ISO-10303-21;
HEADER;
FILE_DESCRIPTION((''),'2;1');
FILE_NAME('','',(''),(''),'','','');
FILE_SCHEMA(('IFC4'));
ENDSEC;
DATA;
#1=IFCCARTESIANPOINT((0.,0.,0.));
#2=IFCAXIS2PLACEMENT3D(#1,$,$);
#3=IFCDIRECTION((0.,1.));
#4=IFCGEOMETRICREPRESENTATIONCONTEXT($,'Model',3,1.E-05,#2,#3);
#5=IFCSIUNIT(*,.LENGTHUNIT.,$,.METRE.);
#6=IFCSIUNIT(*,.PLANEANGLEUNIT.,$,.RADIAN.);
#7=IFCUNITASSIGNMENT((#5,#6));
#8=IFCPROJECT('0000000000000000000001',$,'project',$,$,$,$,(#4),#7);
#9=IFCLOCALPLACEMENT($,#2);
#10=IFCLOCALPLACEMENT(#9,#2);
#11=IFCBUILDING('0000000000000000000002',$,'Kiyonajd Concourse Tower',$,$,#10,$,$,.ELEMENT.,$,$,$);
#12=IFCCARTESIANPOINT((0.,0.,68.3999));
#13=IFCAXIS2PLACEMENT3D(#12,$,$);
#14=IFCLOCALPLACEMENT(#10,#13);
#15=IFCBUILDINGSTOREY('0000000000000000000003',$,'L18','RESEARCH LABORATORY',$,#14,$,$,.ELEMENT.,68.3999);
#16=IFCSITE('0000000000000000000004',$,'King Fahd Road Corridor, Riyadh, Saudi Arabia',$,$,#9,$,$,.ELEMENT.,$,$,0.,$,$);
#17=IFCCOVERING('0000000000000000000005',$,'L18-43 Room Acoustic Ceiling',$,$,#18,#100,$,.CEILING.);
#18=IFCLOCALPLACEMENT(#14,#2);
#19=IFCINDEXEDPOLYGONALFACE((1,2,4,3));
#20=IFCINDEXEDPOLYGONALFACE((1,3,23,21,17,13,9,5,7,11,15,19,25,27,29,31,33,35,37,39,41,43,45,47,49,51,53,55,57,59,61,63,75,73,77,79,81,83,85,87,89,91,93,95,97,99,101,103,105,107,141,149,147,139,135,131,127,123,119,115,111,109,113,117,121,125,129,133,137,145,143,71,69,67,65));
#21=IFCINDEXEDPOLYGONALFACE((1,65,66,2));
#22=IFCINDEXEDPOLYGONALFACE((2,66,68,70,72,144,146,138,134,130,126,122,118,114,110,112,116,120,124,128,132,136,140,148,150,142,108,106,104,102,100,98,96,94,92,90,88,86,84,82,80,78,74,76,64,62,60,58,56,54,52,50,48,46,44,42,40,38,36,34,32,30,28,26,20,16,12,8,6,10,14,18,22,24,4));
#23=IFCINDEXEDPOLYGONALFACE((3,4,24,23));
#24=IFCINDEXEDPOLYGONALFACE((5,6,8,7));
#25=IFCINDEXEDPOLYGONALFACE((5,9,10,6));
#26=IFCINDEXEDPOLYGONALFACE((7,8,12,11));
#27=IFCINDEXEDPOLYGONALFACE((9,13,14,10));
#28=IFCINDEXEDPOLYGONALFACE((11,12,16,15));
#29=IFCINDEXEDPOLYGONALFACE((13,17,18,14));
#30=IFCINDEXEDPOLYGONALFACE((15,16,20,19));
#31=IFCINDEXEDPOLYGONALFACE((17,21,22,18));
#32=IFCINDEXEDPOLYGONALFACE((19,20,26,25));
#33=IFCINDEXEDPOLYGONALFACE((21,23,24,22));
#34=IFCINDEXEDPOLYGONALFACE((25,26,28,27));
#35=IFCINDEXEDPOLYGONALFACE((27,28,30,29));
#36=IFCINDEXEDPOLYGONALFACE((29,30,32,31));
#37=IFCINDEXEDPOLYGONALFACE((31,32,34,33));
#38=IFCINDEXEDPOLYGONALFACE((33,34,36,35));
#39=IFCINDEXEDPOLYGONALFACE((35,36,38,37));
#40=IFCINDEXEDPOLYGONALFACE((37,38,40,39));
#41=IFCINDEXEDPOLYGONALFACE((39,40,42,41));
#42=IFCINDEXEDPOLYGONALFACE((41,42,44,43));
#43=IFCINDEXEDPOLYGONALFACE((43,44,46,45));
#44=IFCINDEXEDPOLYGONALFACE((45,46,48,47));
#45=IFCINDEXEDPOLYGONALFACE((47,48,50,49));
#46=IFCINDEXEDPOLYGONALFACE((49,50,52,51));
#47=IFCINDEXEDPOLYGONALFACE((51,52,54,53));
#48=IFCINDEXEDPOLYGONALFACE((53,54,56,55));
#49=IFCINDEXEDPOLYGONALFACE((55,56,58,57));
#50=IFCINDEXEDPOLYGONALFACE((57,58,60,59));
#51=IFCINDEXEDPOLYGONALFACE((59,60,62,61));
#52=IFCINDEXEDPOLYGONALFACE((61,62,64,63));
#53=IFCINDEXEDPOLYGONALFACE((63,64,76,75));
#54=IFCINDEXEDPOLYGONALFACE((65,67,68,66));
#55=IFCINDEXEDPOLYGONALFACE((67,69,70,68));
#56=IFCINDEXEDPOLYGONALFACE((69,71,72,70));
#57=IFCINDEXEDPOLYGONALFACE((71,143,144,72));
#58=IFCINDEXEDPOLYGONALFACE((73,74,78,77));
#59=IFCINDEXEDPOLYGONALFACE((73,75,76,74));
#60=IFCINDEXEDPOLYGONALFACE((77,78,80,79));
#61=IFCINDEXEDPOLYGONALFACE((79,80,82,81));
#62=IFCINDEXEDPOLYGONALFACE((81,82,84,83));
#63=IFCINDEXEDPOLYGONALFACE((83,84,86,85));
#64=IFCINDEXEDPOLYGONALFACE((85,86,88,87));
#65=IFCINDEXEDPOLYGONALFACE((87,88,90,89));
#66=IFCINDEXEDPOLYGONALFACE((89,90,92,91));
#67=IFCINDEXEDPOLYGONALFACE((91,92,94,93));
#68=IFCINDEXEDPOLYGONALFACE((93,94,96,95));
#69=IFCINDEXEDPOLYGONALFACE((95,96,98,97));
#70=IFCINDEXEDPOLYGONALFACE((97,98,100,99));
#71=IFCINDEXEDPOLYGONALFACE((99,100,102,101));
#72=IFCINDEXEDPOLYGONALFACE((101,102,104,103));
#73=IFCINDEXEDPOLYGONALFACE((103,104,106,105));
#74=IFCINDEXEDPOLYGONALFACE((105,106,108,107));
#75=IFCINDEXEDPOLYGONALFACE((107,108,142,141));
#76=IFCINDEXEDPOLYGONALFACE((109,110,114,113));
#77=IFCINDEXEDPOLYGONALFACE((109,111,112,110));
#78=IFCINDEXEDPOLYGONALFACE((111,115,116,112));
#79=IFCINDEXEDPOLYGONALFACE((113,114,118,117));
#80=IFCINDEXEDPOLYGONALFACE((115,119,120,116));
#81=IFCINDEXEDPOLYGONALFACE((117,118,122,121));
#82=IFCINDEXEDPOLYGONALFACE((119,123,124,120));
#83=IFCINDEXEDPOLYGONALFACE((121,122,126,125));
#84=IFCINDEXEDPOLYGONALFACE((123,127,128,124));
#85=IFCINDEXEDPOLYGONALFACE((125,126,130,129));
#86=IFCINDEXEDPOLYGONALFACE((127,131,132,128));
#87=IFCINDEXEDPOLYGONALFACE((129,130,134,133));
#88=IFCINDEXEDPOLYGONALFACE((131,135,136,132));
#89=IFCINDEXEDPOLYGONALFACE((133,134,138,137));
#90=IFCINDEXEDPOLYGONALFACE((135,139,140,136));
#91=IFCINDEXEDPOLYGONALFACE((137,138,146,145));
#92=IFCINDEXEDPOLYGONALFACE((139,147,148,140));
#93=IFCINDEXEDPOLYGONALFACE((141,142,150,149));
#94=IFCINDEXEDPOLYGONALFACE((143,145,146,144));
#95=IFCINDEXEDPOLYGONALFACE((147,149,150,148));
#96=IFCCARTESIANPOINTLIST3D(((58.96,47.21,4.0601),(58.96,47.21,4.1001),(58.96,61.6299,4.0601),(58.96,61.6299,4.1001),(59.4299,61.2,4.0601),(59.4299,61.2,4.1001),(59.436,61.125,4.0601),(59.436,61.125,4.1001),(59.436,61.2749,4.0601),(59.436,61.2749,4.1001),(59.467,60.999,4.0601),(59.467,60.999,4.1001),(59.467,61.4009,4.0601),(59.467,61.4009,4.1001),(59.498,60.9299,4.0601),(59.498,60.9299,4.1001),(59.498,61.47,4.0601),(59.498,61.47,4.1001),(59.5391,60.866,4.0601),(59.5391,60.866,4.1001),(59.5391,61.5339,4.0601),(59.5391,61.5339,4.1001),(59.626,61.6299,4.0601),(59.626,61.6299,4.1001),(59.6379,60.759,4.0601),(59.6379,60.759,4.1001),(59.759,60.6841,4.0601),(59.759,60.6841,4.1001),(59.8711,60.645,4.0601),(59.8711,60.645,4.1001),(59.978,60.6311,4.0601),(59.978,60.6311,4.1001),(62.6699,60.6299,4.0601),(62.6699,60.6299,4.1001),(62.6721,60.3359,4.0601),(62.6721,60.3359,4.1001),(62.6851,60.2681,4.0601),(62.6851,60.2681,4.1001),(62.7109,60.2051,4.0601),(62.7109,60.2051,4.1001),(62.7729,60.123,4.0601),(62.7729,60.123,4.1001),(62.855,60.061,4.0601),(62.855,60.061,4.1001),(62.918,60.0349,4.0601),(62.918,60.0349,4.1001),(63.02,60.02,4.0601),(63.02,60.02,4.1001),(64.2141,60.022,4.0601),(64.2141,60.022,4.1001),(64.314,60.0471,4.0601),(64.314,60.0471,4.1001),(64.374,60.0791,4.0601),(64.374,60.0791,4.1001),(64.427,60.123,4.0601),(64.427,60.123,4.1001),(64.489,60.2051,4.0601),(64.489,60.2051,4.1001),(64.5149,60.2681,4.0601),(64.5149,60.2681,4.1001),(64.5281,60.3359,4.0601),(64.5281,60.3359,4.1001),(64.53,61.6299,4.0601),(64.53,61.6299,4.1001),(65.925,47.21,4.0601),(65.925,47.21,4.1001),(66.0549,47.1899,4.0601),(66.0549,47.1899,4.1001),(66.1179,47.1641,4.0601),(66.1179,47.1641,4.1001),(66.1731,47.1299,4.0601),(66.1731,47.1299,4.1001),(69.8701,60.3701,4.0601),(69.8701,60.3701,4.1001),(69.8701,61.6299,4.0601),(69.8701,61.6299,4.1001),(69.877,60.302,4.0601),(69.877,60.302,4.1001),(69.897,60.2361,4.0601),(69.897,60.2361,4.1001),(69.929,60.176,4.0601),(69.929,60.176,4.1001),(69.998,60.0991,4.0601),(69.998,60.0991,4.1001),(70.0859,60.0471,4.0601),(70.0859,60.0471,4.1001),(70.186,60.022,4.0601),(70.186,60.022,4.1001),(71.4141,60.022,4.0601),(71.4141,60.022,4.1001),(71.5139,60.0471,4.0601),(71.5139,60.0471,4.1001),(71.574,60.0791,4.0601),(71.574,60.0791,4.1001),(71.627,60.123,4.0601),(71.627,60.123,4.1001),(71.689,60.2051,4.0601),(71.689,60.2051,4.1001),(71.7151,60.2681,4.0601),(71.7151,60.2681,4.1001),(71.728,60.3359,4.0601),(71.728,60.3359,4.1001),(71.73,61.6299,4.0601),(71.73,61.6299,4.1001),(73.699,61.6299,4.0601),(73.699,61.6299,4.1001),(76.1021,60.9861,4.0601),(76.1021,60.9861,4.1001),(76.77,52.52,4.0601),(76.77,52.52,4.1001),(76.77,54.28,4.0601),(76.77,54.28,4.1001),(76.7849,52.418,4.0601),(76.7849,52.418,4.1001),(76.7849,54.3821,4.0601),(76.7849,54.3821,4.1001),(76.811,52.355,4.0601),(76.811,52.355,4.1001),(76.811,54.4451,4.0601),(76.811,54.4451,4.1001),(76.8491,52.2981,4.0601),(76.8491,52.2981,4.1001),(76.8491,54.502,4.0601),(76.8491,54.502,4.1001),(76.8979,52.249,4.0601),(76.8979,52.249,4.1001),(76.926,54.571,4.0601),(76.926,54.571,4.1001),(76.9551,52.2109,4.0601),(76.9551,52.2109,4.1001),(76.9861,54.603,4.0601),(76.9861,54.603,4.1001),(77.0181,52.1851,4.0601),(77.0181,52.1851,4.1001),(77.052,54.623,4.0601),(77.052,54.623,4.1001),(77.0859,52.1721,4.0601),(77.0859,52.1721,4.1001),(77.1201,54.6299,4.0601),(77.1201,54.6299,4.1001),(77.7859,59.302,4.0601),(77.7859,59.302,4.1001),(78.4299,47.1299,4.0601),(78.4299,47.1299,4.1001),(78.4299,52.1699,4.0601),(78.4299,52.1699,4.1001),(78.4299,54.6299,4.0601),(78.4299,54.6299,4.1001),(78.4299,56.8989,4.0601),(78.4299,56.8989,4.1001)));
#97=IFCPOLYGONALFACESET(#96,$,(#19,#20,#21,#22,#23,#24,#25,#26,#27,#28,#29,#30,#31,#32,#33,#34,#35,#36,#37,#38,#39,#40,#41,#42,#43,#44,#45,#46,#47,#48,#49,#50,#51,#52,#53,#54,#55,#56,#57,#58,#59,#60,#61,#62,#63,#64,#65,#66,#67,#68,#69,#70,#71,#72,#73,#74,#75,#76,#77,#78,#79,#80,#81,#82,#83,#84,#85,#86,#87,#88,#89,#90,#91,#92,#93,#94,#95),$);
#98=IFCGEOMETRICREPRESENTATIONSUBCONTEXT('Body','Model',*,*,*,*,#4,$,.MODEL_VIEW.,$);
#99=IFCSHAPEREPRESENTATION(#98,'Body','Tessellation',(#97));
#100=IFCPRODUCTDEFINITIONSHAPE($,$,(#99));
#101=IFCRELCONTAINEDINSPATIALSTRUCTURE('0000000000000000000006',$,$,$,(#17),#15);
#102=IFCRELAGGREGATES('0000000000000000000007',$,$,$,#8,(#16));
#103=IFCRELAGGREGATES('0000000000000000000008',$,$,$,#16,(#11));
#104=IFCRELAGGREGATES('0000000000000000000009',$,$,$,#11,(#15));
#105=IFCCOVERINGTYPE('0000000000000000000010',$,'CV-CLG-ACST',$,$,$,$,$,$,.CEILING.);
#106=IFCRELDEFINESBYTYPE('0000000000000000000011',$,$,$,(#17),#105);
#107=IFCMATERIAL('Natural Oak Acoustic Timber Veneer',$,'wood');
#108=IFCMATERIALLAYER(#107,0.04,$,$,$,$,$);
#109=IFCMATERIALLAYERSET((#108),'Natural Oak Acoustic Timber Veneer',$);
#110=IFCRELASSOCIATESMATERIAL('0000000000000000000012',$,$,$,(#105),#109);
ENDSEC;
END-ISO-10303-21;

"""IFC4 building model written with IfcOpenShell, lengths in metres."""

from ifc_helpers import new_model, si_unit, direction, frame, origin, place, context, subcontext, project, spatial, polyline, outline, extrude, material, layer, layer_set, type_object, element, save


model = new_model("IFC4")

# Units and contexts
model_context = context("Model", 3, precision=1e-05, world=origin(), true_north=direction((0.0, 1.0)))
body_context = subcontext(model_context, "Body", "Model", "MODEL_VIEW")
ifc_project = project(units=[si_unit("LENGTHUNIT", "METRE"), si_unit("PLANEANGLEUNIT", "RADIAN")], contexts=[model_context])

# Site, building, storey
site_placement = place(None, origin())
site = spatial("IfcSite", under=ifc_project, at=site_placement, Name="King Fahd Road Corridor, Riyadh, Saudi Arabia", CompositionType="ELEMENT", RefElevation=0.0)
building_placement = place(site_placement, origin())
building = spatial("IfcBuilding", under=site, at=building_placement, Name="Kiyonajd Concourse Tower", CompositionType="ELEMENT")
storey_placement = place(building_placement, frame((0.0, 0.0, 68.3999)))
storey = spatial("IfcBuildingStorey", under=building, at=storey_placement, Name="L18", Description="RESEARCH LABORATORY", CompositionType="ELEMENT", Elevation=68.3999)

# Covering
ifc_material_1 = material(Name="Natural Oak Acoustic Timber Veneer", Category="wood")
ifc_layer_1 = layer(ifc_material_1, 0.04)
ifc_layer_set_1 = layer_set([ifc_layer_1], Name="Natural Oak Acoustic Timber Veneer")
covering_type = type_object("IfcCoveringType", Name="CV-CLG-ACST", PredefinedType="CEILING", material=ifc_layer_set_1)
covering_1_placement = place(storey_placement, frame((0.0, 0.0, 4.0601)))
element("IfcCovering", 1, at=covering_1_placement, inside=storey, type_object=covering_type, Name="L18-43 Room Acoustic Ceiling", PredefinedType="CEILING", context=body_context, shape_type="SweptSolid", body=[
    extrude(outline(polyline([(59.626, 61.6299), (59.5391, 61.5339), (59.498, 61.47), (59.467, 61.4009), (59.436, 61.2749), (59.4299, 61.2), (59.436, 61.125), (59.467, 60.999), (59.498, 60.9299), (59.5391, 60.866), (59.6379, 60.759), (59.759, 60.6841), (59.8711, 60.645), (59.978, 60.6311), (62.6699, 60.6299), (62.6721, 60.3359), (62.6851, 60.2681), (62.7109, 60.2051), (62.7729, 60.123), (62.855, 60.061), (62.918, 60.0349), (63.02, 60.02), (64.2141, 60.022), (64.314, 60.0471), (64.374, 60.0791), (64.427, 60.123), (64.489, 60.2051), (64.5149, 60.2681), (64.5281, 60.3359), (64.53, 61.6299), (69.8701, 61.6299), (69.8701, 60.3701), (69.877, 60.302), (69.897, 60.2361), (69.929, 60.176), (69.998, 60.0991), (70.0859, 60.0471), (70.186, 60.022), (71.4141, 60.022), (71.5139, 60.0471), (71.574, 60.0791), (71.627, 60.123), (71.689, 60.2051), (71.7151, 60.2681), (71.728, 60.3359), (71.73, 61.6299), (73.699, 61.6299), (76.1021, 60.9861), (77.7859, 59.302), (78.4299, 56.8989), (78.4299, 54.6299), (77.1201, 54.6299), (77.052, 54.623), (76.9861, 54.603), (76.926, 54.571), (76.8491, 54.502), (76.811, 54.4451), (76.7849, 54.3821), (76.77, 54.28), (76.77, 52.52), (76.7849, 52.418), (76.811, 52.355), (76.8491, 52.2981), (76.8979, 52.249), (76.9551, 52.2109), (77.0181, 52.1851), (77.0859, 52.1721), (78.4299, 52.1699), (78.4299, 47.1299), (66.1731, 47.1299), (66.1179, 47.1641), (66.0549, 47.1899), (65.925, 47.21), (58.96, 47.21), (58.96, 61.6299), (59.626, 61.6299)])), origin(), (0.0, 0.0, 1.0), 0.04),
])

save(model, "model.ifc")
